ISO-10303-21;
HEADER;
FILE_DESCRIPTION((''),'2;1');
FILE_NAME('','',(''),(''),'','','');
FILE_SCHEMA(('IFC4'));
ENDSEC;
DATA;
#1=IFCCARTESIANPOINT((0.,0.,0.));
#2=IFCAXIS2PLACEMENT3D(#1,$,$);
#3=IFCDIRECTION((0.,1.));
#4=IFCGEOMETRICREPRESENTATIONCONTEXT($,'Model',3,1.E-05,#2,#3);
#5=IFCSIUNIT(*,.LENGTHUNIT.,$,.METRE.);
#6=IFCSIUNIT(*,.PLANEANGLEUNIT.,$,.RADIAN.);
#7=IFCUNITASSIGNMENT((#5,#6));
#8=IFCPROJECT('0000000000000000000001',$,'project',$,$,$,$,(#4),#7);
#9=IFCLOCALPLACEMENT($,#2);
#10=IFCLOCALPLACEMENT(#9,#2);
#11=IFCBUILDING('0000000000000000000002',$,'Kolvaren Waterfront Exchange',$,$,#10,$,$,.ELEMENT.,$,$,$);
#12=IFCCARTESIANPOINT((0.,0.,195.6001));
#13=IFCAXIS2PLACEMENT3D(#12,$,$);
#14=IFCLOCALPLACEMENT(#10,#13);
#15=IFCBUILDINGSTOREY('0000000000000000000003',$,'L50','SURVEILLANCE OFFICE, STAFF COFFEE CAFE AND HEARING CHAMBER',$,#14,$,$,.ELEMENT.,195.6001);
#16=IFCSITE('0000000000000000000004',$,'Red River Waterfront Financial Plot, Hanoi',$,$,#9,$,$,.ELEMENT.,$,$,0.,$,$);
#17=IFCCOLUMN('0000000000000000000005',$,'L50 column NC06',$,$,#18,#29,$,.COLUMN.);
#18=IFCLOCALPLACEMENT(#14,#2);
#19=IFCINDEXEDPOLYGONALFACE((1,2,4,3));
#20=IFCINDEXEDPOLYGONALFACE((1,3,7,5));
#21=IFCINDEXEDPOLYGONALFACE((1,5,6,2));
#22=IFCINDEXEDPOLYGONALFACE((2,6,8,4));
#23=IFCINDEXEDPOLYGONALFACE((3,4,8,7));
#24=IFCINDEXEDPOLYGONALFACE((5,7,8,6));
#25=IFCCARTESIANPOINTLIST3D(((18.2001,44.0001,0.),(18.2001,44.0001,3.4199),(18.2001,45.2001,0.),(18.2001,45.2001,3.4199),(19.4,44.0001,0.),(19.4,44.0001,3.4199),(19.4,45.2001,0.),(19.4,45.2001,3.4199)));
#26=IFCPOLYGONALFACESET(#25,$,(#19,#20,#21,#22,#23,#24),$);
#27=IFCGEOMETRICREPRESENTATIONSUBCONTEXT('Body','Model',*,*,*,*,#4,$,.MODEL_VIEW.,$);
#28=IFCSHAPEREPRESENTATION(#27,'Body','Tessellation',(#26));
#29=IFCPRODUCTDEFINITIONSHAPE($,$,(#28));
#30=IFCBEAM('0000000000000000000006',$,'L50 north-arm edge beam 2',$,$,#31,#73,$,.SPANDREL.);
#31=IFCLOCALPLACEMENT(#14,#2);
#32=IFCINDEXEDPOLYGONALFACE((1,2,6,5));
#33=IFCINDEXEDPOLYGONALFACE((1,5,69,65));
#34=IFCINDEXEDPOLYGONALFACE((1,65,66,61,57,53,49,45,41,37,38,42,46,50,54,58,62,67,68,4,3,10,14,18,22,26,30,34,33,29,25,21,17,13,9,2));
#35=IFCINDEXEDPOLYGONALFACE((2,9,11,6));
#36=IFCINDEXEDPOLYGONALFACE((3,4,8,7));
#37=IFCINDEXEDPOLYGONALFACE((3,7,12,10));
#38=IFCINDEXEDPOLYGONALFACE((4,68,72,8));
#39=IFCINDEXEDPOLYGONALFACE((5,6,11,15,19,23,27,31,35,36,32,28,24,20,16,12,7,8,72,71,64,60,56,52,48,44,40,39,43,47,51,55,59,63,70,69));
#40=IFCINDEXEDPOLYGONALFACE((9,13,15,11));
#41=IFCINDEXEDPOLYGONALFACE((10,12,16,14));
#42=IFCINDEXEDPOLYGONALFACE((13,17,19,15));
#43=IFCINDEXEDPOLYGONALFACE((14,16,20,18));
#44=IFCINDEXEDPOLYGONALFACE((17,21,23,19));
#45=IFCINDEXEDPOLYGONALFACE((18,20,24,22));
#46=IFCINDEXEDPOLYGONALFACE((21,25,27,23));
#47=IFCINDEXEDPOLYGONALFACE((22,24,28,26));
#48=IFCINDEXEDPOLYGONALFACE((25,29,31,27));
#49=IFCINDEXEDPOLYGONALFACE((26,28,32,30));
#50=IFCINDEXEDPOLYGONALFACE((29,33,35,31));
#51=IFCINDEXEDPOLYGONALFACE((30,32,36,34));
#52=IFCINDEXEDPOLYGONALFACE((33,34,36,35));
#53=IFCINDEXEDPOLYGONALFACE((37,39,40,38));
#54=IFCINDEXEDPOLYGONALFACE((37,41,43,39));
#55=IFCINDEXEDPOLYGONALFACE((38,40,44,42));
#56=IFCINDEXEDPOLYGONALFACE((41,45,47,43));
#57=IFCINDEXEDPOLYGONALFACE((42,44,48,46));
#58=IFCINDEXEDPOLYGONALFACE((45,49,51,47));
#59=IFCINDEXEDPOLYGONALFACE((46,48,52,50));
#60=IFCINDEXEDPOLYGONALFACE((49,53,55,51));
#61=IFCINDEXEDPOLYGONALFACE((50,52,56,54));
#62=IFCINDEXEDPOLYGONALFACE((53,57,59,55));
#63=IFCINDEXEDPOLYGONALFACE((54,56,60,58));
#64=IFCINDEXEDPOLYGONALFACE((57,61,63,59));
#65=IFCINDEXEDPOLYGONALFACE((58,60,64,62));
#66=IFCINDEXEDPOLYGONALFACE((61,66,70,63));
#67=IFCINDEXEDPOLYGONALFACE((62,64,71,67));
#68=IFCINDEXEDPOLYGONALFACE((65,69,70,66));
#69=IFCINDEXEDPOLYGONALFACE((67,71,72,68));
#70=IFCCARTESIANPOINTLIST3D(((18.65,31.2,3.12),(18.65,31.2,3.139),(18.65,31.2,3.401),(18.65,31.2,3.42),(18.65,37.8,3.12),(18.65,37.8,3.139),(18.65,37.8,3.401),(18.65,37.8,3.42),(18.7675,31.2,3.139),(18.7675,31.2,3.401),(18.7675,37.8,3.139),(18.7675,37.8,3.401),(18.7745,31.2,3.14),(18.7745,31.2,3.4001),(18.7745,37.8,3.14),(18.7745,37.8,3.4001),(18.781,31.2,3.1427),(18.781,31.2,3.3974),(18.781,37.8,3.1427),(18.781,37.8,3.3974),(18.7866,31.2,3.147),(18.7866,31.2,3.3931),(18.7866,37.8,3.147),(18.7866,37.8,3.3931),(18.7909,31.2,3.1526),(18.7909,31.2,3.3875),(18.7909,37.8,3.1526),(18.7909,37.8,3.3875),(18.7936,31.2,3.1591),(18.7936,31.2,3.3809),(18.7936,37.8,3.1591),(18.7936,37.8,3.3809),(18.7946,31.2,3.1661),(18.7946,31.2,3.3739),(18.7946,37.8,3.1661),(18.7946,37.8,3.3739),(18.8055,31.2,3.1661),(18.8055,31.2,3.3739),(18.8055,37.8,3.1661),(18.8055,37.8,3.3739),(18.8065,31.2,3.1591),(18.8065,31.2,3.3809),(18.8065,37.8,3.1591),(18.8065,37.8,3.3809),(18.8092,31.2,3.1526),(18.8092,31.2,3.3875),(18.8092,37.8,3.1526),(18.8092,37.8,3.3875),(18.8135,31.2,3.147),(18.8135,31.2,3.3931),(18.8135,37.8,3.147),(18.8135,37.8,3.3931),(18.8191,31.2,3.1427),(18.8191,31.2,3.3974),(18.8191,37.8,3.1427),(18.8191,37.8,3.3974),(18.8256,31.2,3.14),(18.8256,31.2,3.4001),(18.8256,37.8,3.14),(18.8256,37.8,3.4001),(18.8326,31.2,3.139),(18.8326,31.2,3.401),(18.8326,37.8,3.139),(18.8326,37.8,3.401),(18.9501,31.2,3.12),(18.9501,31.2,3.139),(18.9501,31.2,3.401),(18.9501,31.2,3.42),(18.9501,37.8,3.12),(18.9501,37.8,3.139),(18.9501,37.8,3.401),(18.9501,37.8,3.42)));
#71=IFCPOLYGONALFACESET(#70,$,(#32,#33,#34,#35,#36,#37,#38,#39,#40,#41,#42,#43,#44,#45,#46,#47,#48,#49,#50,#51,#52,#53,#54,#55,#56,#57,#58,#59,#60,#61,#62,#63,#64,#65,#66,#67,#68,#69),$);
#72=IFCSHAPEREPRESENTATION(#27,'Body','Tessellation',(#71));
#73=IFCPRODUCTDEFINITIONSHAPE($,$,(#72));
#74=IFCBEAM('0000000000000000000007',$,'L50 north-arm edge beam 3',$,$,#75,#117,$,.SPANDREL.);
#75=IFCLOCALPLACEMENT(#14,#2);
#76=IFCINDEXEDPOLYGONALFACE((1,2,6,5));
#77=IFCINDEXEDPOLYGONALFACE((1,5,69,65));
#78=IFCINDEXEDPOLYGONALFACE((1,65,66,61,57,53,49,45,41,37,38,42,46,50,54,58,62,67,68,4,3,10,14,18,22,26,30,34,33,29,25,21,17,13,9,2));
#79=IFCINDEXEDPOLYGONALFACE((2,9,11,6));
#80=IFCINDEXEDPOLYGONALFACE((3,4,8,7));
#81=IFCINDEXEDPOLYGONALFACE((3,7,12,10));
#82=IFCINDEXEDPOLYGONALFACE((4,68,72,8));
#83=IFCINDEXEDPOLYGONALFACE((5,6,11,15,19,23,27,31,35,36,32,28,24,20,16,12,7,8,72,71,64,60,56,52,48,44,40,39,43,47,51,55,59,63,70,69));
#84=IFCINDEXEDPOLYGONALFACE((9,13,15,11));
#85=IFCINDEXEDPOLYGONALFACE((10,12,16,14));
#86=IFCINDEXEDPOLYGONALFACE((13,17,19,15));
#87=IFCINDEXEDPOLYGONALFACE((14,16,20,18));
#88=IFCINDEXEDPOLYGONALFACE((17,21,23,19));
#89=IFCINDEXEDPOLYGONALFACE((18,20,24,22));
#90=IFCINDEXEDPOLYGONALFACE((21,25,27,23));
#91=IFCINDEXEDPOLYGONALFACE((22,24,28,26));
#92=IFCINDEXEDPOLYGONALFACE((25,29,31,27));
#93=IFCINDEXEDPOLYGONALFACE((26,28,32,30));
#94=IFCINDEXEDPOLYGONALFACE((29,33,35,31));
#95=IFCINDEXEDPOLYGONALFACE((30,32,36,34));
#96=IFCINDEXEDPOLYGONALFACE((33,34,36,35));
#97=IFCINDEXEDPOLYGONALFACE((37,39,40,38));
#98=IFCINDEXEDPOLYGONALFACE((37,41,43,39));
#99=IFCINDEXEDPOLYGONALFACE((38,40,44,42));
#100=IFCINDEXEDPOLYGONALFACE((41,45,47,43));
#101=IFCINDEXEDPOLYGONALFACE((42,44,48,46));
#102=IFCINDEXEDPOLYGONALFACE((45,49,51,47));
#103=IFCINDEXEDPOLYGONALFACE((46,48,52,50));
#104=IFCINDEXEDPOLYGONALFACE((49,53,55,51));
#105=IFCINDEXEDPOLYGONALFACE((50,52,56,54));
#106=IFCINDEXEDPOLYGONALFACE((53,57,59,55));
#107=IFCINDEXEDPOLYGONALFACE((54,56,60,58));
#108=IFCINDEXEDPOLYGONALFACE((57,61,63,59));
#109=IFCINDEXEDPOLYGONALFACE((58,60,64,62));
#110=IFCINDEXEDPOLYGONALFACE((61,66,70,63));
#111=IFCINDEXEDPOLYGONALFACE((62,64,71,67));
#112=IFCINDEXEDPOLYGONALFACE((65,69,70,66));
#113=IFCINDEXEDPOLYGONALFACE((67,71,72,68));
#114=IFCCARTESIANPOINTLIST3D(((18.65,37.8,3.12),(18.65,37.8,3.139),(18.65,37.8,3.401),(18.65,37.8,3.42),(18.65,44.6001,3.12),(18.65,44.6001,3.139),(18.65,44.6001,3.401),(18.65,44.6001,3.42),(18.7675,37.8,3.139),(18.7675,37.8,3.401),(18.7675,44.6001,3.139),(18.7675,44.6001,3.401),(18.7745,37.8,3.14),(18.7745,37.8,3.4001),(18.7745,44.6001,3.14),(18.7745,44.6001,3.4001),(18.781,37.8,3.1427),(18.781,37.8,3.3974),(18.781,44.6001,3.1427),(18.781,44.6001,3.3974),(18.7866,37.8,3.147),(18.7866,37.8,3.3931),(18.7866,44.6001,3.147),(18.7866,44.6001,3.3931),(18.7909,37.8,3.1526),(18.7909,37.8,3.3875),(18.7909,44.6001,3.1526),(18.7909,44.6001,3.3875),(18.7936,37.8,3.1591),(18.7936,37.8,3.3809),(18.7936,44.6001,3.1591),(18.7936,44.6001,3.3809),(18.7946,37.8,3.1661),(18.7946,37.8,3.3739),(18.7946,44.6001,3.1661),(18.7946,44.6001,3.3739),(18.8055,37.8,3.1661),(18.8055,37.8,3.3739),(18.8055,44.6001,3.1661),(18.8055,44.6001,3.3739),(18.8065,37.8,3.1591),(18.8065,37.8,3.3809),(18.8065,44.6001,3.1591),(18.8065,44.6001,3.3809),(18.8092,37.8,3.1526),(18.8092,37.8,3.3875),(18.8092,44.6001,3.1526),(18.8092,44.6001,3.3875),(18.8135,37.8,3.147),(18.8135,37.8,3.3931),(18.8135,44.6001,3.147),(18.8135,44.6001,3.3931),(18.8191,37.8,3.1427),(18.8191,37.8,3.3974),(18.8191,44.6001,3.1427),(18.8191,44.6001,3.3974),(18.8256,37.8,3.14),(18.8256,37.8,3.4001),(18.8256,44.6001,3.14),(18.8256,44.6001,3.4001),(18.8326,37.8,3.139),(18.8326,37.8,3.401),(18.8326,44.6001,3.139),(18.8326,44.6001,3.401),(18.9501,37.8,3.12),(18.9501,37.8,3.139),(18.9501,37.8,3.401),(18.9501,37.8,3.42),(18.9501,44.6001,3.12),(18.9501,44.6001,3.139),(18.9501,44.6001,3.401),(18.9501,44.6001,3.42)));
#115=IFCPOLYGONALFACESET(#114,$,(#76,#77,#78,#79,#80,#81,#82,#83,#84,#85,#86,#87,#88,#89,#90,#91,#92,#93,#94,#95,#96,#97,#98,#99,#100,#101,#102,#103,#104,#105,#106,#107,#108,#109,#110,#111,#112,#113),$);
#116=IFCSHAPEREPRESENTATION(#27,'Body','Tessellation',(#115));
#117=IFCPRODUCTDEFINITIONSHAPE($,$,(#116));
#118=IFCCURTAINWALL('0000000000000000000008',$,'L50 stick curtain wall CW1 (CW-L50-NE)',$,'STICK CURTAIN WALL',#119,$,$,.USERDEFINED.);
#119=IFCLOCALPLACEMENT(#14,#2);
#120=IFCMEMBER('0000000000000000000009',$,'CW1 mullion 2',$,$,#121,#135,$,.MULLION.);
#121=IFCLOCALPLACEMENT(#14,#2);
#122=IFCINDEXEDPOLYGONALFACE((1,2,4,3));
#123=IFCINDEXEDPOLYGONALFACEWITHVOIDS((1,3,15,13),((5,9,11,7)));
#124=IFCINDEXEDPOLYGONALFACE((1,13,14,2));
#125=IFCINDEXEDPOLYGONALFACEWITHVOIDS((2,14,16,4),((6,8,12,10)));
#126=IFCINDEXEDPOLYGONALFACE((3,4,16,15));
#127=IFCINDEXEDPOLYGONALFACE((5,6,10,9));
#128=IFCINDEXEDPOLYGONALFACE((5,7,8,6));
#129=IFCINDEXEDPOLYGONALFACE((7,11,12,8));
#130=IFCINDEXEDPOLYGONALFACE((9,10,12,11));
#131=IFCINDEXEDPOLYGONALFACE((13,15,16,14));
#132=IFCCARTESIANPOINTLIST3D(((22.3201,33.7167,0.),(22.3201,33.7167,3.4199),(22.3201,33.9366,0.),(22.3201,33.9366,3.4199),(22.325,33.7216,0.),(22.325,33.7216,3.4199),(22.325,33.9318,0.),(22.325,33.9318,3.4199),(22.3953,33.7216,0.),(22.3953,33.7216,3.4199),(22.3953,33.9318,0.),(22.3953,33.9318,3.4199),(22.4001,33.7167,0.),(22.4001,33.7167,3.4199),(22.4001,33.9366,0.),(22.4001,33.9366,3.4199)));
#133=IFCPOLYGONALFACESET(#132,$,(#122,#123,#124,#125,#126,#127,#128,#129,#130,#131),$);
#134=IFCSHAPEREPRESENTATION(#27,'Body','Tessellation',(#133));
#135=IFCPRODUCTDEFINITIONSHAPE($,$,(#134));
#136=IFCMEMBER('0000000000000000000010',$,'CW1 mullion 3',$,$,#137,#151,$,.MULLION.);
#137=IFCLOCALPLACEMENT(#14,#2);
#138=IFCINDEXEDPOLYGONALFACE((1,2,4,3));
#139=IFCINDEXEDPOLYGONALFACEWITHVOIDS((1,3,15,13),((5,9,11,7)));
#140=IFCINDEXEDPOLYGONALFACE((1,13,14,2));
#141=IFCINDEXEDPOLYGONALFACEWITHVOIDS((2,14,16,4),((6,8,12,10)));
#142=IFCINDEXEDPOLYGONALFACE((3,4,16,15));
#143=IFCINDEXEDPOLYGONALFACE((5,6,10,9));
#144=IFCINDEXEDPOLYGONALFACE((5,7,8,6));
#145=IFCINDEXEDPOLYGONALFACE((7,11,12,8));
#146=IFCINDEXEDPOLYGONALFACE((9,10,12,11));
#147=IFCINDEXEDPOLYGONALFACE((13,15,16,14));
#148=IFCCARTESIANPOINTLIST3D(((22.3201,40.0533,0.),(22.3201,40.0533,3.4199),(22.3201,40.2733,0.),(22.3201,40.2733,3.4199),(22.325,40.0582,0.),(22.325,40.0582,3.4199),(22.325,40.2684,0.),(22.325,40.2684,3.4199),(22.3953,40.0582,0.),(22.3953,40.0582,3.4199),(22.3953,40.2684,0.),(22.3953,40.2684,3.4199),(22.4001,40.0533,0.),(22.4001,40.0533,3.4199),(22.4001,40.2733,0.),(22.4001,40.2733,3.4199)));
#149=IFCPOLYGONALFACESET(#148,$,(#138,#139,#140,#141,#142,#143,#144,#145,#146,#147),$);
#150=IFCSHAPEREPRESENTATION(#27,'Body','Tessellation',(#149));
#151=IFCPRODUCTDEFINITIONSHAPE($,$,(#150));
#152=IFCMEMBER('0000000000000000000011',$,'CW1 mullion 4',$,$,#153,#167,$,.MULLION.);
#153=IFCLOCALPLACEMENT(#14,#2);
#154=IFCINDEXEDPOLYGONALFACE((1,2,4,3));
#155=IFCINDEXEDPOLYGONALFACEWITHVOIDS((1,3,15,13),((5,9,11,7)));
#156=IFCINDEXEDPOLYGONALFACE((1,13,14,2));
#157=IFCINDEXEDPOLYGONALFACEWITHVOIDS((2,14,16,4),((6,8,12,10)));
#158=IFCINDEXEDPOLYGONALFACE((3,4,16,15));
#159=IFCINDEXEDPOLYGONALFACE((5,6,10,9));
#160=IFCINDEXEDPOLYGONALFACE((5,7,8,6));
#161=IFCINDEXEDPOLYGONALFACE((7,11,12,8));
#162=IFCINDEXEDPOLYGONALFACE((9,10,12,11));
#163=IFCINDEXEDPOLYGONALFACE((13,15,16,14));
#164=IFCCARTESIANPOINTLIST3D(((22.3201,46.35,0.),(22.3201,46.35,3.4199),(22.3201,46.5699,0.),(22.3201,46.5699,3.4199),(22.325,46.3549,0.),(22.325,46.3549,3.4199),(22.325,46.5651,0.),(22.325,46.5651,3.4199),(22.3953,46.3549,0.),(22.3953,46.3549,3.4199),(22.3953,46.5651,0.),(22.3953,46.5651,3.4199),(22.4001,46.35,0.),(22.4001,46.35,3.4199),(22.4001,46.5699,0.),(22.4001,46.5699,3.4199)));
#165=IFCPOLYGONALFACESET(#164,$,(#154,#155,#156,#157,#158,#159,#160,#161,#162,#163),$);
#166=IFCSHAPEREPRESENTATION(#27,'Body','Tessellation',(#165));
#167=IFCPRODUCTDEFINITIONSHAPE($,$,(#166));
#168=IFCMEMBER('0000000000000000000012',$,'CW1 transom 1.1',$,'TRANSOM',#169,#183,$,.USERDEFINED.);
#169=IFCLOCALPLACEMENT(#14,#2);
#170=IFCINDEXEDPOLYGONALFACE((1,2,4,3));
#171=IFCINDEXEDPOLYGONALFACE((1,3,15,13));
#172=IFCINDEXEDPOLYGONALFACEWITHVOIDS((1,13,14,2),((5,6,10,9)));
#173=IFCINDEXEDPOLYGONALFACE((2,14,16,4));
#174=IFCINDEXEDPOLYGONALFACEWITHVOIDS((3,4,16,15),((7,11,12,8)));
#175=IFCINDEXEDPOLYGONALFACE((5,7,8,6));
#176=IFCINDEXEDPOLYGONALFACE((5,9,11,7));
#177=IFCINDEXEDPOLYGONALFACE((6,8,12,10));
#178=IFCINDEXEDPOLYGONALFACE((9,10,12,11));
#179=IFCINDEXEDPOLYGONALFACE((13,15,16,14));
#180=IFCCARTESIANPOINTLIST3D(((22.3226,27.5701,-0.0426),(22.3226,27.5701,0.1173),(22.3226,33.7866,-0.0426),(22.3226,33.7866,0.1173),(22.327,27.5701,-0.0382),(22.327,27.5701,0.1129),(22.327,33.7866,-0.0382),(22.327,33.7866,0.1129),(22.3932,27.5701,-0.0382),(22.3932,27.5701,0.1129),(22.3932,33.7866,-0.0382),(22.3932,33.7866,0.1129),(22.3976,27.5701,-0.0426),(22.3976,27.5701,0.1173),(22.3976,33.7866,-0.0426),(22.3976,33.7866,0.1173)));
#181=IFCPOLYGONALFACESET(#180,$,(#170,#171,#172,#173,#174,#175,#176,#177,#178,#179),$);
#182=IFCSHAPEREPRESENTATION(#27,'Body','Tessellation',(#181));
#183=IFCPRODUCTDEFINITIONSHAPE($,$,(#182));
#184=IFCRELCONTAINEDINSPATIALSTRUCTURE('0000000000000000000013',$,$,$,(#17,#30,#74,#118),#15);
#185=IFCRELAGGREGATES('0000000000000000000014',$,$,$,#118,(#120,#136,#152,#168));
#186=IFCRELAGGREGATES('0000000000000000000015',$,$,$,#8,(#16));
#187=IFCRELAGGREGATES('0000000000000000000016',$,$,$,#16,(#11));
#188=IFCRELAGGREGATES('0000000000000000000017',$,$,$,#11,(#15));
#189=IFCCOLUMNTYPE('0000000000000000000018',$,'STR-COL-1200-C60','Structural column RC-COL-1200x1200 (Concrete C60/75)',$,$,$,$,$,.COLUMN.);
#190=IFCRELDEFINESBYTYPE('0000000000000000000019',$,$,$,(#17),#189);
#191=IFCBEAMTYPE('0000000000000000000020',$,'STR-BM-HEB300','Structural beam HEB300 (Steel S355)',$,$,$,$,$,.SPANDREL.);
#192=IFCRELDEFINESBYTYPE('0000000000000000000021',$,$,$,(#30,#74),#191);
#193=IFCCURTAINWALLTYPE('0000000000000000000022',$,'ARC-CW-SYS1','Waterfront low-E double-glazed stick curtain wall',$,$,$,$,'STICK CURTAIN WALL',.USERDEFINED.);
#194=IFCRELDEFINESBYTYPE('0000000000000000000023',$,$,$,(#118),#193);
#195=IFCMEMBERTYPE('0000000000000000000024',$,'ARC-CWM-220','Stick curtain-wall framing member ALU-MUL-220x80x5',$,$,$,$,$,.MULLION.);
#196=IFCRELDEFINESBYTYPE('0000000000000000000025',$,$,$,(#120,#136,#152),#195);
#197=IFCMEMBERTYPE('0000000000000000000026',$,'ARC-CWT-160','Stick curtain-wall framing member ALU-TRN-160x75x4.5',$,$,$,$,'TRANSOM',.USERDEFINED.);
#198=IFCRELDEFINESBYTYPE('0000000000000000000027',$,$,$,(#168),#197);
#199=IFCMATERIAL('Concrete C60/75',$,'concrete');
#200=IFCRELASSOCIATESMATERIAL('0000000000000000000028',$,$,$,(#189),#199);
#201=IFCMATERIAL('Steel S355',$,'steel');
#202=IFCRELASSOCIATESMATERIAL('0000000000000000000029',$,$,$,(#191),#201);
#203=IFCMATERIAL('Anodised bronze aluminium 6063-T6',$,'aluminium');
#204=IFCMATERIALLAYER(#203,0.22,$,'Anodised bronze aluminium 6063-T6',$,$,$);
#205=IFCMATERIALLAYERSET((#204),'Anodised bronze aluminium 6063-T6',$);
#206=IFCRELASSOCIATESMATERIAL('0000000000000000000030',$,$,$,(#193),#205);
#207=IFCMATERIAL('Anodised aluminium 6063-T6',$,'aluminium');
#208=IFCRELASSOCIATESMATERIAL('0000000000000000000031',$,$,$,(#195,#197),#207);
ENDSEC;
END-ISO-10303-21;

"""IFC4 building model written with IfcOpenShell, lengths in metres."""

from ifc_helpers import new_model, si_unit, direction, frame, origin, origin_with_axes, origin_2d, place, context, subcontext, project, spatial, rectangle, hollow_rectangle, i_section, extrude, source, transform, mapped, material, layer, layer_set, material_profile, profile_set, type_object, element, aggregate, save


model = new_model("IFC4")

# Units and contexts
model_context = context("Model", 3, precision=1e-05, world=origin(), true_north=direction((0.0, 1.0)))
body_context = subcontext(model_context, "Body", "Model", "MODEL_VIEW")
ifc_project = project(units=[si_unit("LENGTHUNIT", "METRE"), si_unit("PLANEANGLEUNIT", "RADIAN")], contexts=[model_context])

# Site, building, storey
site_placement = place(None, origin())
site = spatial("IfcSite", under=ifc_project, at=site_placement, Name="Red River Waterfront Financial Plot, Hanoi", CompositionType="ELEMENT", RefElevation=0.0)
building_placement = place(site_placement, origin())
building = spatial("IfcBuilding", under=site, at=building_placement, Name="Kolvaren Waterfront Exchange", CompositionType="ELEMENT")
storey_placement = place(building_placement, frame((0.0, 0.0, 195.6001)))
storey = spatial("IfcBuildingStorey", under=building, at=storey_placement, Name="L50", Description="SURVEILLANCE OFFICE, STAFF COFFEE CAFE AND HEARING CHAMBER", CompositionType="ELEMENT", Elevation=195.6001)

# Column
ifc_material_1 = material(Name="Concrete C60/75", Category="concrete")
ifc_material_profile_1 = material_profile(ifc_material_1, rectangle(XDim=1.2, YDim=1.2, at=origin_2d()), Name="RC-COL-1200x1200")
ifc_profile_set_1 = profile_set([ifc_material_profile_1], Name="Concrete C60/75")
column_type = type_object("IfcColumnType", Name="STR-COL-1200-C60", Description="Structural column RC-COL-1200x1200 (Concrete C60/75)", PredefinedType="COLUMN", material=ifc_profile_set_1)
column_placement = place(storey_placement, frame((18.8, 44.6001, 0.0), z_axis=(0.0, 0.0, 1.0), x_axis=(1.0, 0.0, 0.0)))
element("IfcColumn", 1, at=column_placement, inside=storey, type_object=column_type, Name="L50 column NC06", PredefinedType="COLUMN", context=body_context, shape_type="SweptSolid", body=[
    extrude(rectangle(XDim=1.2, YDim=1.2, at=origin_2d()), origin(), (0.0, 0.0, 1.0), 3.4199),
])

# Beams
ifc_material_2 = material(Name="Steel S355", Category="steel")
ifc_material_profile_2 = material_profile(ifc_material_2, i_section(OverallWidth=0.3, OverallDepth=0.3, WebThickness=0.011, FlangeThickness=0.019, FilletRadius=0.0271, at=origin_2d()), Name="HEB300")
ifc_profile_set_2 = profile_set([ifc_material_profile_2], Name="Steel S355")
beam_type = type_object("IfcBeamType", Name="STR-BM-HEB300", Description="Structural beam HEB300 (Steel S355)", PredefinedType="SPANDREL", material=ifc_profile_set_2)
beam_1_placement = place(storey_placement, frame((18.8, 31.2, 3.27), z_axis=(0.0, 1.0, 0.0), x_axis=(-1.0, 0.0, 0.0)))
element("IfcBeam", 2, at=beam_1_placement, inside=storey, type_object=beam_type, Name="L50 north-arm edge beam 2", PredefinedType="SPANDREL", context=body_context, shape_type="SweptSolid", body=[
    extrude(i_section(OverallWidth=0.3, OverallDepth=0.3, WebThickness=0.011, FlangeThickness=0.019, FilletRadius=0.0271, at=origin_2d()), origin(), (0.0, 0.0, 1.0), 6.6001),
])
beam_2_placement = place(storey_placement, frame((18.8, 37.8, 3.27), z_axis=(0.0, 1.0, 0.0), x_axis=(-1.0, 0.0, 0.0)))
element("IfcBeam", 3, at=beam_2_placement, inside=storey, type_object=beam_type, Name="L50 north-arm edge beam 3", PredefinedType="SPANDREL", context=body_context, shape_type="SweptSolid", body=[
    extrude(i_section(OverallWidth=0.3, OverallDepth=0.3, WebThickness=0.011, FlangeThickness=0.019, FilletRadius=0.0271, at=origin_2d()), origin(), (0.0, 0.0, 1.0), 6.8),
])

# Curtain wall, members
ifc_material_3 = material(Name="Anodised bronze aluminium 6063-T6", Category="aluminium")
ifc_layer_1 = layer(ifc_material_3, 0.22, Name="Anodised bronze aluminium 6063-T6")
ifc_layer_set_1 = layer_set([ifc_layer_1], Name="Anodised bronze aluminium 6063-T6")
curtain_wall_type = type_object("IfcCurtainWallType", Name="ARC-CW-SYS1", Description="Waterfront low-E double-glazed stick curtain wall", ElementType="STICK CURTAIN WALL", PredefinedType="USERDEFINED", material=ifc_layer_set_1)
curtain_wall_placement = place(storey_placement, origin())
curtain_wall = element("IfcCurtainWall", 4, at=curtain_wall_placement, inside=storey, type_object=curtain_wall_type, Name="L50 stick curtain wall CW1 (CW-L50-NE)", ObjectType="STICK CURTAIN WALL", PredefinedType="USERDEFINED")
ifc_material_4 = material(Name="Anodised aluminium 6063-T6", Category="aluminium")
ifc_material_profile_3 = material_profile(ifc_material_4, hollow_rectangle(XDim=0.0801, YDim=0.22, WallThickness=0.0049, at=origin_2d()), Name="ALU-MUL-220x80x5")
ifc_profile_set_3 = profile_set([ifc_material_profile_3], Name="Anodised aluminium 6063-T6")
member_type_1 = type_object("IfcMemberType", Name="ARC-CWM-220", Description="Stick curtain-wall framing member ALU-MUL-220x80x5", PredefinedType="MULLION", material=ifc_profile_set_3)
shared_shape_1 = source(origin_with_axes(), body_context, "Body", "SweptSolid", [
    extrude(hollow_rectangle(XDim=0.0801, YDim=0.22, WallThickness=0.0049, at=origin_2d()), origin(), (0.0, 0.0, 1.0), 3.4199),
])
member_1_placement = place(storey_placement, frame((22.3601, 33.8267, 0.0), z_axis=(0.0, 0.0, 1.0), x_axis=(-1.0, 0.0, 0.0)))
member_1 = element("IfcMember", 5, at=member_1_placement, type_object=member_type_1, Name="CW1 mullion 2", PredefinedType="MULLION", context=body_context, shape_type="MappedRepresentation", body=[
    mapped(shared_shape_1, transform((0.0, 0.0, 0.0), x_axis=(1.0, 0.0, 0.0), y_axis=(0.0, 1.0, 0.0), z_axis=(0.0, 0.0, 1.0), scale=1.0)),
])
member_2_placement = place(storey_placement, frame((22.3601, 40.1633, 0.0), z_axis=(0.0, 0.0, 1.0), x_axis=(-1.0, 0.0, 0.0)))
member_2 = element("IfcMember", 6, at=member_2_placement, type_object=member_type_1, Name="CW1 mullion 3", PredefinedType="MULLION", context=body_context, shape_type="MappedRepresentation", body=[
    mapped(shared_shape_1, transform((0.0, 0.0, 0.0), x_axis=(1.0, 0.0, 0.0), y_axis=(0.0, 1.0, 0.0), z_axis=(0.0, 0.0, 1.0), scale=1.0)),
])
member_3_placement = place(storey_placement, frame((22.3601, 46.46, 0.0), z_axis=(0.0, 0.0, 1.0), x_axis=(-1.0, 0.0, 0.0)))
member_3 = element("IfcMember", 7, at=member_3_placement, type_object=member_type_1, Name="CW1 mullion 4", PredefinedType="MULLION", context=body_context, shape_type="MappedRepresentation", body=[
    mapped(shared_shape_1, transform((0.0, 0.0, 0.0), x_axis=(1.0, 0.0, 0.0), y_axis=(0.0, 1.0, 0.0), z_axis=(0.0, 0.0, 1.0), scale=1.0)),
])
ifc_material_profile_4 = material_profile(ifc_material_4, hollow_rectangle(XDim=0.075, YDim=0.1599, WallThickness=0.0044, at=origin_2d()), Name="ALU-TRN-160x75x4.5")
ifc_profile_set_4 = profile_set([ifc_material_profile_4], Name="Anodised aluminium 6063-T6")
member_type_2 = type_object("IfcMemberType", Name="ARC-CWT-160", Description="Stick curtain-wall framing member ALU-TRN-160x75x4.5", ElementType="TRANSOM", PredefinedType="USERDEFINED", material=ifc_profile_set_4)
shared_shape_2 = source(origin_with_axes(), body_context, "Body", "SweptSolid", [
    extrude(hollow_rectangle(XDim=0.075, YDim=0.1599, WallThickness=0.0044, at=origin_2d()), origin(), (0.0, 0.0, 1.0), 6.2166),
])
member_4_placement = place(storey_placement, frame((22.3601, 27.5701, 0.0374), z_axis=(0.0, 1.0, 0.0), x_axis=(-1.0, 0.0, 0.0)))
member_4 = element("IfcMember", 8, at=member_4_placement, type_object=member_type_2, Name="CW1 transom 1.1", ObjectType="TRANSOM", PredefinedType="USERDEFINED", context=body_context, shape_type="MappedRepresentation", body=[
    mapped(shared_shape_2, transform((0.0, 0.0, 0.0), x_axis=(1.0, 0.0, 0.0), y_axis=(0.0, 1.0, 0.0), z_axis=(0.0, 0.0, 1.0), scale=1.0)),
])
aggregate(curtain_wall, [member_1, member_2, member_3, member_4])

save(model, "model.ifc")
